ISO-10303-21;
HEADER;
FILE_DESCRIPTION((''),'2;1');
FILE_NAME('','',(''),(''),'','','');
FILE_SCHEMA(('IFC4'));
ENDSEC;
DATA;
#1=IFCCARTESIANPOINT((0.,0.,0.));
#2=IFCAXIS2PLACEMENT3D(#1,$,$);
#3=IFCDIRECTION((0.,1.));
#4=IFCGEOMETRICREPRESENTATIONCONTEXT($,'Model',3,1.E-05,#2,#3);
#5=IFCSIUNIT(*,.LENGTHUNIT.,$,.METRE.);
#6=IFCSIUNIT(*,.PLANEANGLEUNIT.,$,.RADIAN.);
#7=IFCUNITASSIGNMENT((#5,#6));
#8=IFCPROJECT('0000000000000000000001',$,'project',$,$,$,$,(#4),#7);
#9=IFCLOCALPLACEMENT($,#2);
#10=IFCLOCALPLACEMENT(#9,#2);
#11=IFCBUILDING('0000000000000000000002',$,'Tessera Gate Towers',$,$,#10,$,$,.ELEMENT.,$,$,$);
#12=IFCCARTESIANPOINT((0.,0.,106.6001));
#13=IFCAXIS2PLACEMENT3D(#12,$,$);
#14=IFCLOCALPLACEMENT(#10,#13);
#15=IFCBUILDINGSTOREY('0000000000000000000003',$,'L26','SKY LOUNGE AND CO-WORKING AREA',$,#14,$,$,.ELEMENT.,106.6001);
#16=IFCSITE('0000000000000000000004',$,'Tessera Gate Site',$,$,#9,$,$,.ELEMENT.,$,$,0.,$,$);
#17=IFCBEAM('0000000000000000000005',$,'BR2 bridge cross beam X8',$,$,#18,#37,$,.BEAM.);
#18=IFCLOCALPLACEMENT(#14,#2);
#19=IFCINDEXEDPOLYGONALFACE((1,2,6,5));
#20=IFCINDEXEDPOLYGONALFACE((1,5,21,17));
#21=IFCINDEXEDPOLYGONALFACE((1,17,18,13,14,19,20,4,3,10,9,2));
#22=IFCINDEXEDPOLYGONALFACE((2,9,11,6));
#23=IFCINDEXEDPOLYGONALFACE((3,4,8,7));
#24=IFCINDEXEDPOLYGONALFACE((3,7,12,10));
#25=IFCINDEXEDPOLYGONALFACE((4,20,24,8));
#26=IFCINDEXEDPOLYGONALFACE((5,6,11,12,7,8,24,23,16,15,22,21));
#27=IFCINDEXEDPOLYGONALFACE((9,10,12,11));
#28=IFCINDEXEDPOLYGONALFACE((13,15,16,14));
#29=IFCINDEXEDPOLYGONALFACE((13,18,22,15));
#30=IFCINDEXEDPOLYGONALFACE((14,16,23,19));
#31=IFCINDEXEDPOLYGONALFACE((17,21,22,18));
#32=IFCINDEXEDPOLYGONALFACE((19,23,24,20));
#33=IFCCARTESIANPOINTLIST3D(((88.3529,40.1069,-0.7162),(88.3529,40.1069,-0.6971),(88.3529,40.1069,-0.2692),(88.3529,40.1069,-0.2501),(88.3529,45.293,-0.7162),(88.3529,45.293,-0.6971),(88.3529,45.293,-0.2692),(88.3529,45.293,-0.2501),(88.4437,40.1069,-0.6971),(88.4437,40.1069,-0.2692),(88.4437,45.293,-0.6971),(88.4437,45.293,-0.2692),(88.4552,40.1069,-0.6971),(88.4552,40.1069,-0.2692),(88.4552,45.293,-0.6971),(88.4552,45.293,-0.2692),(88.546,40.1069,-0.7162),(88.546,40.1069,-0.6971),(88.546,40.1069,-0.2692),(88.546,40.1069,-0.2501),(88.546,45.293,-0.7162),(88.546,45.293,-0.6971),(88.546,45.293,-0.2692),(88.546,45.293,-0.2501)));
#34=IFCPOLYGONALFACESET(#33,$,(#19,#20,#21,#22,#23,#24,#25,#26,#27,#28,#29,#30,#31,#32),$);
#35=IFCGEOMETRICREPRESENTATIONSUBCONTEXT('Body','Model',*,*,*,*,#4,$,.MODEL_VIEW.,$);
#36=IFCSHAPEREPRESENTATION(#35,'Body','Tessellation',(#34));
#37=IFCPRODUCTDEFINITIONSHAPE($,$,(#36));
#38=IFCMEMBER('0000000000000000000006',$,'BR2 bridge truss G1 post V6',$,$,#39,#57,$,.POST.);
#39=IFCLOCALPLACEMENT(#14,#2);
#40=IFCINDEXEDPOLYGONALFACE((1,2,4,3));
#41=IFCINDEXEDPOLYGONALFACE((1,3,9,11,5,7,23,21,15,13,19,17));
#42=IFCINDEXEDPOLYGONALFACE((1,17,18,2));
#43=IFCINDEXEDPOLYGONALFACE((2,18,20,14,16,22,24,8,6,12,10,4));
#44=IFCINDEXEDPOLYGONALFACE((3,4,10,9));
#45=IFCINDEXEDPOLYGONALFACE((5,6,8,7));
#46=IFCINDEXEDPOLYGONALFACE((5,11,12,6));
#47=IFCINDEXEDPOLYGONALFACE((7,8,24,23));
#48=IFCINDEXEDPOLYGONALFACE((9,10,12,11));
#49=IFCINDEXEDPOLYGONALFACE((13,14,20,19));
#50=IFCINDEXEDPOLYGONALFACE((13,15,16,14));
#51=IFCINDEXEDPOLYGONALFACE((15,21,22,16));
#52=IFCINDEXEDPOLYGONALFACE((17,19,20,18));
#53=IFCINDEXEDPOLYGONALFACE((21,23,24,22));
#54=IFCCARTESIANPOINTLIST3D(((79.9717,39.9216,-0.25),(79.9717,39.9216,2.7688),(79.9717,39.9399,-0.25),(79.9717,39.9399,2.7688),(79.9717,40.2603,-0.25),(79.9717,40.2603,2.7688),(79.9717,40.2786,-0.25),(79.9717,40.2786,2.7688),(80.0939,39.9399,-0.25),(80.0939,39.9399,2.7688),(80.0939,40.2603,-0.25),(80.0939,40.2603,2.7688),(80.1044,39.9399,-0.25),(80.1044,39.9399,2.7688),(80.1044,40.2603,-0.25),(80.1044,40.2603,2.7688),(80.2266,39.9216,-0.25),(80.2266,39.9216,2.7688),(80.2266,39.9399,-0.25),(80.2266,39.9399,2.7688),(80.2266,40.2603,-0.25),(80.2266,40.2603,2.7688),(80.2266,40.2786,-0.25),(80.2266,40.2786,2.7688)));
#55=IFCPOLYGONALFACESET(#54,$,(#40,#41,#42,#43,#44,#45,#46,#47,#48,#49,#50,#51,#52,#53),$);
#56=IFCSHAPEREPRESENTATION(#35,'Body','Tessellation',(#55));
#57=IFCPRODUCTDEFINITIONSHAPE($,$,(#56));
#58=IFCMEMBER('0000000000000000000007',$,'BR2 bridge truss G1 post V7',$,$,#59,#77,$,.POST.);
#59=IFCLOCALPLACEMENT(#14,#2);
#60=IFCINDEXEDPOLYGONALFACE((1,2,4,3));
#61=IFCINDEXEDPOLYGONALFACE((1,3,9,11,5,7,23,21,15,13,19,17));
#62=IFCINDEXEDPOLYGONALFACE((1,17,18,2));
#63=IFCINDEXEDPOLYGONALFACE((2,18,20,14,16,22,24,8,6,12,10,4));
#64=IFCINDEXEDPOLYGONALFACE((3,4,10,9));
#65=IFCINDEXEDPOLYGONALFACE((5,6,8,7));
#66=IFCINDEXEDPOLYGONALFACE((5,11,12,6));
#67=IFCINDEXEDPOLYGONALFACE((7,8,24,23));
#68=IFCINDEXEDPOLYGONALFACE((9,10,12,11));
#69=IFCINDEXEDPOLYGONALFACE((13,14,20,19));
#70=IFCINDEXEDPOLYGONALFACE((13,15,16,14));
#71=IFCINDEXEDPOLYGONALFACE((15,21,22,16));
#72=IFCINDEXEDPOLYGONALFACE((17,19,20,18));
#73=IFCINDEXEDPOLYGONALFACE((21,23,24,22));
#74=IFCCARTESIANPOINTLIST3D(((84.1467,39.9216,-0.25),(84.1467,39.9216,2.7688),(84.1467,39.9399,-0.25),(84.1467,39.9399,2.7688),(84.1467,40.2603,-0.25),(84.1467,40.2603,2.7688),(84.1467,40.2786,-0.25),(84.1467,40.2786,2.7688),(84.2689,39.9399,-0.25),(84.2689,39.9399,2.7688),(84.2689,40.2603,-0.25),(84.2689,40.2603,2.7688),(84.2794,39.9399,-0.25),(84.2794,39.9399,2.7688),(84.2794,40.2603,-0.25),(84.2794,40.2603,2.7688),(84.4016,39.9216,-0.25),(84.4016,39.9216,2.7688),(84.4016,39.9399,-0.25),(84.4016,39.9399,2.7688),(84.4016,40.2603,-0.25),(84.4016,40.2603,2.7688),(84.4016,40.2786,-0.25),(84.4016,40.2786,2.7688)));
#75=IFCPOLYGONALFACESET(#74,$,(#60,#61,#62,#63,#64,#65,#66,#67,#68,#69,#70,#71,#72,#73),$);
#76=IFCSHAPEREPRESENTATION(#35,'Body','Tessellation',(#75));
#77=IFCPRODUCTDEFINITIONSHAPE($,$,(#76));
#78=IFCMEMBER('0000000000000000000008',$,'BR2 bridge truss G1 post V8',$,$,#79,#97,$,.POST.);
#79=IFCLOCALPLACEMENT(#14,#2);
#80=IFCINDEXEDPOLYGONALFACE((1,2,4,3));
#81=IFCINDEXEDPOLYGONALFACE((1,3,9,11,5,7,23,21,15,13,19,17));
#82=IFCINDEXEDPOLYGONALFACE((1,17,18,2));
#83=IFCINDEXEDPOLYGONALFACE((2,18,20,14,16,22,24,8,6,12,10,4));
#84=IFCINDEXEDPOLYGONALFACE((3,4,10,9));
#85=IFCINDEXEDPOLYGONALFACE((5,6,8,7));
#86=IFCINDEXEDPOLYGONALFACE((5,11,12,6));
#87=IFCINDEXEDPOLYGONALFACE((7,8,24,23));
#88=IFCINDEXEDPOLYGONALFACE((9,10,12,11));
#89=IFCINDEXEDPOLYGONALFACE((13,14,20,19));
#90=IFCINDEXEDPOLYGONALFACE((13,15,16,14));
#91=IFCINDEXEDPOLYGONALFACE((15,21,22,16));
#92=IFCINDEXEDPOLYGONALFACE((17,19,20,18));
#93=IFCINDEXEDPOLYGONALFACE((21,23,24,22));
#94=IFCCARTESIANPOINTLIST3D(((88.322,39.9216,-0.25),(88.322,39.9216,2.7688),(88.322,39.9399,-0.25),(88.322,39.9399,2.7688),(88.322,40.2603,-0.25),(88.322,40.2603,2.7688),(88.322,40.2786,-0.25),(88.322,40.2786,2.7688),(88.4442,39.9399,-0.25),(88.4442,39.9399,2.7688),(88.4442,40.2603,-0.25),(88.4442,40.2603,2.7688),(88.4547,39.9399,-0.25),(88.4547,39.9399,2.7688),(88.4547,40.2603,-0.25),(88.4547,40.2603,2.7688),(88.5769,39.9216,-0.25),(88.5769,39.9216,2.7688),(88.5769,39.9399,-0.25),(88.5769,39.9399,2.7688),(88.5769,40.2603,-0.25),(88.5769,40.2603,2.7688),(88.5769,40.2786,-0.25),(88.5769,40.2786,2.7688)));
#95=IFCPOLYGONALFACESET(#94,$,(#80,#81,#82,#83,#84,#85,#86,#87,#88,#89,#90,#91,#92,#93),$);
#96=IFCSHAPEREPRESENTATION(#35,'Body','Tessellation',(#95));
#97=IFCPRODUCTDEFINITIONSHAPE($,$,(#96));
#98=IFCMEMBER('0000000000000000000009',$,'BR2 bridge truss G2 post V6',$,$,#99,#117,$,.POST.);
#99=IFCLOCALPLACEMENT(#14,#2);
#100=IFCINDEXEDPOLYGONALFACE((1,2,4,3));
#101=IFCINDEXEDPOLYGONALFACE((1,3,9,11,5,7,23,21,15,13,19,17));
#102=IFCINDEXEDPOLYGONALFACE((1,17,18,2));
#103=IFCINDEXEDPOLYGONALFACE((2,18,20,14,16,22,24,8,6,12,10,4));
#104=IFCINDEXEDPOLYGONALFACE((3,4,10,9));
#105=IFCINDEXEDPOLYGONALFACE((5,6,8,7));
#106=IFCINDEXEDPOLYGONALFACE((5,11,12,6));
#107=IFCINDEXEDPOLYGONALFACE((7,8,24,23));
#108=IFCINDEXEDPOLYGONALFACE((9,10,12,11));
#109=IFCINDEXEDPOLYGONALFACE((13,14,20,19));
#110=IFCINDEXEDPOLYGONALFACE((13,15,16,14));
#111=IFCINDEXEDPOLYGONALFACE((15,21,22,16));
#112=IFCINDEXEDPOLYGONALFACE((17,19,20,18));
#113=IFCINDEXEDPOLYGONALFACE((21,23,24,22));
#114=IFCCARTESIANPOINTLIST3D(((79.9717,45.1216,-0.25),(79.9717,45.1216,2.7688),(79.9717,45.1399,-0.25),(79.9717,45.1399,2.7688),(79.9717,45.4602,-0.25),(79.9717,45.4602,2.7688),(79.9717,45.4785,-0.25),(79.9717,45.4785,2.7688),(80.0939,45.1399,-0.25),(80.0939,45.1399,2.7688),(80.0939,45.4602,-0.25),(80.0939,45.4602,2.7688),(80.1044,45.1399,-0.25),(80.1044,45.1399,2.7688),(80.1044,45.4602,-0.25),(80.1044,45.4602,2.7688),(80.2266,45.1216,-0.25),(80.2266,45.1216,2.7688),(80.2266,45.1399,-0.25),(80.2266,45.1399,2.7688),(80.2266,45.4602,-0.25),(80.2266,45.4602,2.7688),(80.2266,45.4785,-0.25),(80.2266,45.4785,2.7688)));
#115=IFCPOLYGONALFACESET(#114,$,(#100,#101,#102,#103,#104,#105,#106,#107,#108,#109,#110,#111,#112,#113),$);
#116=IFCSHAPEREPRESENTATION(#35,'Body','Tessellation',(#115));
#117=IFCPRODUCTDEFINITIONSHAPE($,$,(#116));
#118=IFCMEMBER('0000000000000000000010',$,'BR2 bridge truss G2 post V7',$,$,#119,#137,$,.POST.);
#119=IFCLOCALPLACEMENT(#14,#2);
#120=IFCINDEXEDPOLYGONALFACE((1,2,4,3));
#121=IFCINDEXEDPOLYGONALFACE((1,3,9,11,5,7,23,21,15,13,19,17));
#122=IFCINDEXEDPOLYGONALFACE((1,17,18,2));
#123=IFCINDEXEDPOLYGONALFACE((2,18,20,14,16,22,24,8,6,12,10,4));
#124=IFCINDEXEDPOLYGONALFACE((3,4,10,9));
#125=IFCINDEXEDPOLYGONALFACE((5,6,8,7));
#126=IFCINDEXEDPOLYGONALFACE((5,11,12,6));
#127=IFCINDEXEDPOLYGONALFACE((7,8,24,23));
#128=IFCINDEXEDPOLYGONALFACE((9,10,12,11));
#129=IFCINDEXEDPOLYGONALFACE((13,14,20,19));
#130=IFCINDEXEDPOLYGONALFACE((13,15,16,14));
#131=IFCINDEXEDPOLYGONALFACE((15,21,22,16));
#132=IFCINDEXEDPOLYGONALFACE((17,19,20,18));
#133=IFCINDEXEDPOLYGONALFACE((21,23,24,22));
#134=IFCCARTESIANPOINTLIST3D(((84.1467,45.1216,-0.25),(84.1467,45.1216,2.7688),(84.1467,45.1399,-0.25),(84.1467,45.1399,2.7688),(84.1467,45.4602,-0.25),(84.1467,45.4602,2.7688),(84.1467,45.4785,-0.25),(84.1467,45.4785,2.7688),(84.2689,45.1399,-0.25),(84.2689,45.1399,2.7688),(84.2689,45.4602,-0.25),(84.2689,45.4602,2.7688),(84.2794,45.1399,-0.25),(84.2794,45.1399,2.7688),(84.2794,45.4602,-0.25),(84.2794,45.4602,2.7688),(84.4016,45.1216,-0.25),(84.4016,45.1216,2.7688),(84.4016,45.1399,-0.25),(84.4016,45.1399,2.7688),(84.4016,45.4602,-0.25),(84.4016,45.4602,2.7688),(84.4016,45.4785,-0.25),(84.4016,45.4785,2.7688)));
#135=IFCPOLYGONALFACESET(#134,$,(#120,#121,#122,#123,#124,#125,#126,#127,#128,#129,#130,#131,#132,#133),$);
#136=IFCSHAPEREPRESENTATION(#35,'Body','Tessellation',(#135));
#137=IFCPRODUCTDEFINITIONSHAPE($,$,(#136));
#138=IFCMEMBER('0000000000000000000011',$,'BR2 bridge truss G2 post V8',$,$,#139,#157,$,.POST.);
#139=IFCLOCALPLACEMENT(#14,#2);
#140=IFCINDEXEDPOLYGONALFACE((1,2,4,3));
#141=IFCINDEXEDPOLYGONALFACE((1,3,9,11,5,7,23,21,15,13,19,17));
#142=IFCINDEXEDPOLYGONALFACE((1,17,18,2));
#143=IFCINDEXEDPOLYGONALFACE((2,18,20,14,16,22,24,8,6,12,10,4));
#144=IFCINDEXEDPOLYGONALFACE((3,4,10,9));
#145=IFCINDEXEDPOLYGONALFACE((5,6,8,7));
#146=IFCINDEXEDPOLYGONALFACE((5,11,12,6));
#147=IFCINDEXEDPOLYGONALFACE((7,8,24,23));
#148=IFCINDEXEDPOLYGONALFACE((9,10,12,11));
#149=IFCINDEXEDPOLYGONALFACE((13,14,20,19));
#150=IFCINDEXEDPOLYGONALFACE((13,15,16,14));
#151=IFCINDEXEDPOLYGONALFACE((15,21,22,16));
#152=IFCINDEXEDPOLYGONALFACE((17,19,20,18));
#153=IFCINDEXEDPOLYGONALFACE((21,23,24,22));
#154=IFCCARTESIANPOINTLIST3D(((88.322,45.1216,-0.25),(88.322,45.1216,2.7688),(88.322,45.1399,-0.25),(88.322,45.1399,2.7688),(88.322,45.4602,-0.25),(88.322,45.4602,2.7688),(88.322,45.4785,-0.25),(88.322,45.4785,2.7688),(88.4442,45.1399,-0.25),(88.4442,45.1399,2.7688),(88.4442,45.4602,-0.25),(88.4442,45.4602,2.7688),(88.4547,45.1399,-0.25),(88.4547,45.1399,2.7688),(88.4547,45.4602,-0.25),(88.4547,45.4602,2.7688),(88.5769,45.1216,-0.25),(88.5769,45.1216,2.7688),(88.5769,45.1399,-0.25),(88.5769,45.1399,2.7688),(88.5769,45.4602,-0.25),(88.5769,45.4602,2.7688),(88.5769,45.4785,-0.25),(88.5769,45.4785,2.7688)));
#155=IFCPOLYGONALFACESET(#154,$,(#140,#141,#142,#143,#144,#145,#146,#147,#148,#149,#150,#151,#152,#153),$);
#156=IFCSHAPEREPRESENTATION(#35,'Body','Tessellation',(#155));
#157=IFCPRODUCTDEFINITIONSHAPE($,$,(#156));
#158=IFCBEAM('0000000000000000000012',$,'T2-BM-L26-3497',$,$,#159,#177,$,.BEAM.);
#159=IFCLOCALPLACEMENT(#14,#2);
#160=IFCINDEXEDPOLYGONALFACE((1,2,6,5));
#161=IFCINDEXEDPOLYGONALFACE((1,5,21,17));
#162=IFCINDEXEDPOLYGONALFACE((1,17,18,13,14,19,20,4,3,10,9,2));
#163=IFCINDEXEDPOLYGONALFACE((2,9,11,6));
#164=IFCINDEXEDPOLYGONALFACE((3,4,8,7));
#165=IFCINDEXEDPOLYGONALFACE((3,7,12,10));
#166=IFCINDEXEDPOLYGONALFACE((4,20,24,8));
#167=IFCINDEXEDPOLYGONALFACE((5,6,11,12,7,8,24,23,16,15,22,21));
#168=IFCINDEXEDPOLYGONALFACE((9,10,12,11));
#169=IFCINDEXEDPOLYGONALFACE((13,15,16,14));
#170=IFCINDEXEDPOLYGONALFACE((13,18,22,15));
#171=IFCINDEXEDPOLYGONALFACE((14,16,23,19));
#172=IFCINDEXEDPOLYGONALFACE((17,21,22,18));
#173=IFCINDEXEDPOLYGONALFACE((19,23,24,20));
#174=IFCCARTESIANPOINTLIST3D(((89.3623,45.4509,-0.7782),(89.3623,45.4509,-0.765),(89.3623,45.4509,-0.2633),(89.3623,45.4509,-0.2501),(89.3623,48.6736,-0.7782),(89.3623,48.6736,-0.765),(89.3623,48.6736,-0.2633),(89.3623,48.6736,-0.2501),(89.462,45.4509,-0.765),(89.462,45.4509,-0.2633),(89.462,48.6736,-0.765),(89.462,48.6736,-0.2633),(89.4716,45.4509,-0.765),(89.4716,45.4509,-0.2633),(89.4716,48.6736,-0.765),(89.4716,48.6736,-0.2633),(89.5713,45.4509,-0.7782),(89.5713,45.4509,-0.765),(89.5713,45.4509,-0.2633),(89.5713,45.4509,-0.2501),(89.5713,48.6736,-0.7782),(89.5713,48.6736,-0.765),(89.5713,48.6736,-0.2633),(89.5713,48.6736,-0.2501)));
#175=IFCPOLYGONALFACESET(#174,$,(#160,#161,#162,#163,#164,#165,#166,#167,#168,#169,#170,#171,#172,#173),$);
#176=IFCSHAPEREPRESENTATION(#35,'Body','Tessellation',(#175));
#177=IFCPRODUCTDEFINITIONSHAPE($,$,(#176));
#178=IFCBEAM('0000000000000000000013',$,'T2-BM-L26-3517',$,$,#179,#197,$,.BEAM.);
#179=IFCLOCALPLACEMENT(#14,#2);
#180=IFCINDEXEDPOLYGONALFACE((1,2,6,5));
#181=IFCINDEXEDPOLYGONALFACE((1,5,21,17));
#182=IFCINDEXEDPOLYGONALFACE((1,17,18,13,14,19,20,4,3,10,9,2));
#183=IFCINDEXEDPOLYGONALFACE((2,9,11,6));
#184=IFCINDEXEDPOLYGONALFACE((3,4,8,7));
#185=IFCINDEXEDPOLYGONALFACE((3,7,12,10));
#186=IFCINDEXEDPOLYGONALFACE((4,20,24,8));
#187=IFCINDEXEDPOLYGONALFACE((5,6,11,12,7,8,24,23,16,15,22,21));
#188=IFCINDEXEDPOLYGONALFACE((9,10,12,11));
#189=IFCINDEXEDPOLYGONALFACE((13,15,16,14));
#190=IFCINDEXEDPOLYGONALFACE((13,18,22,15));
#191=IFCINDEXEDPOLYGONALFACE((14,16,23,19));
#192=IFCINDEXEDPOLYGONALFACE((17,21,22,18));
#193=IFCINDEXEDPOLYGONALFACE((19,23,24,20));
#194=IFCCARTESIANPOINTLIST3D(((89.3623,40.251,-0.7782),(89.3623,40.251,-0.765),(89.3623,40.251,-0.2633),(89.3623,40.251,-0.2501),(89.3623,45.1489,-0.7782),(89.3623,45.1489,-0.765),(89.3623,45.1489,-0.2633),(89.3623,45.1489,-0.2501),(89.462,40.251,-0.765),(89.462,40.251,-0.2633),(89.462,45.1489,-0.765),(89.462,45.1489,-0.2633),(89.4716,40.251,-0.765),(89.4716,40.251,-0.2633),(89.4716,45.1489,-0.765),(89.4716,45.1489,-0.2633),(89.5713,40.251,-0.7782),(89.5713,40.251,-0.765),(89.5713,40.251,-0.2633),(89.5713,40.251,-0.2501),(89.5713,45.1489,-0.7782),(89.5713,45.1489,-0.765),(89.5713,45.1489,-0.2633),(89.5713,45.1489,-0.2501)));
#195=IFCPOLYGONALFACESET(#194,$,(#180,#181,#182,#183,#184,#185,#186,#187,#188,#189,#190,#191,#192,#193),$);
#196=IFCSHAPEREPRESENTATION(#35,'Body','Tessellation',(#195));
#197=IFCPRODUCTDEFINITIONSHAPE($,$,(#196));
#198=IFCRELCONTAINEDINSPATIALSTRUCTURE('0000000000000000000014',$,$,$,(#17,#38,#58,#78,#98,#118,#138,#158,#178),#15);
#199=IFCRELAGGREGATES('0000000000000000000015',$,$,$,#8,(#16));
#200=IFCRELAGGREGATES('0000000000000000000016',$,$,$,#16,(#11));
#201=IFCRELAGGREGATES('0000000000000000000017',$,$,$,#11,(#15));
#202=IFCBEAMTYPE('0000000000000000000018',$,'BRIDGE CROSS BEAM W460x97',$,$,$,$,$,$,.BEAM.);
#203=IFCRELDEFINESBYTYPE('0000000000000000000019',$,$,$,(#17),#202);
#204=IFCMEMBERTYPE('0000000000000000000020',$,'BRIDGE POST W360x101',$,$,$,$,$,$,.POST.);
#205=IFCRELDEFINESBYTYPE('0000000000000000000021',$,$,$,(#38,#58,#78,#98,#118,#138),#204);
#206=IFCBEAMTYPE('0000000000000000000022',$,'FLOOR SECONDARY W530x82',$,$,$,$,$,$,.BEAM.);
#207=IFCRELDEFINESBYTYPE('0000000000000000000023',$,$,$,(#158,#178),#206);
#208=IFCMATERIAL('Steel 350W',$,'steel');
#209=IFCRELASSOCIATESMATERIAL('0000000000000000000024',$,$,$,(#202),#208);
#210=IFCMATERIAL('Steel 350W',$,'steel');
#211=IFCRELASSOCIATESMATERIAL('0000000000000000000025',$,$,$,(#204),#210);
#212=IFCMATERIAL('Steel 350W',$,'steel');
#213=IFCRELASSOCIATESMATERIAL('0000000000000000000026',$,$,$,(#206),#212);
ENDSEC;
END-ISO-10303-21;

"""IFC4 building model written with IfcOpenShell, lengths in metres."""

from ifc_helpers import new_model, si_unit, direction, frame, origin, origin_2d, place, context, subcontext, project, spatial, i_section, extrude, material, material_profile, profile_set, type_object, element, save


model = new_model("IFC4")

# Units and contexts
model_context = context("Model", 3, precision=1e-05, world=origin(), true_north=direction((0.0, 1.0)))
body_context = subcontext(model_context, "Body", "Model", "MODEL_VIEW")
ifc_project = project(units=[si_unit("LENGTHUNIT", "METRE"), si_unit("PLANEANGLEUNIT", "RADIAN")], contexts=[model_context])

# Site, building, storey
site_placement = place(None, origin())
site = spatial("IfcSite", under=ifc_project, at=site_placement, Name="Tessera Gate Site", CompositionType="ELEMENT", RefElevation=0.0)
building_placement = place(site_placement, origin())
building = spatial("IfcBuilding", under=site, at=building_placement, Name="Tessera Gate Towers", CompositionType="ELEMENT")
storey_placement = place(building_placement, frame((0.0, 0.0, 106.6001)))
storey = spatial("IfcBuildingStorey", under=building, at=storey_placement, Name="L26", Description="SKY LOUNGE AND CO-WORKING AREA", CompositionType="ELEMENT", Elevation=106.6001)

# Beam
ifc_material_1 = material(Name="Steel 350W", Category="steel")
ifc_material_profile_1 = material_profile(ifc_material_1, i_section(OverallWidth=0.1931, OverallDepth=0.4661, WebThickness=0.0115, FlangeThickness=0.019, at=origin_2d()), Name="W460x97")
ifc_profile_set_1 = profile_set([ifc_material_profile_1], Name="Steel 350W")
beam_type_1 = type_object("IfcBeamType", Name="BRIDGE CROSS BEAM W460x97", PredefinedType="BEAM", material=ifc_profile_set_1)
for number, where, z_axis, x_axis, name in (
    (1, (88.4495, 40.1069, -0.4832), (0.0, 1.0, 0.0), (-1.0, 0.0, 0.0), "BR2 bridge cross beam X8"),
):
    element("IfcBeam", number, at=place(storey_placement, frame(where, z_axis=z_axis, x_axis=x_axis)), inside=storey, type_object=beam_type_1, Name=name, PredefinedType="BEAM", context=body_context, shape_type="SweptSolid", body=[
        extrude(i_section(OverallWidth=0.1931, OverallDepth=0.4661, WebThickness=0.0115, FlangeThickness=0.019, at=origin_2d()), origin(), (0.0, 0.0, 1.0), 5.186),
    ])

# Members
ifc_material_2 = material(Name="Steel 350W", Category="steel")
ifc_material_profile_2 = material_profile(ifc_material_2, i_section(OverallWidth=0.2549, OverallDepth=0.3569, WebThickness=0.0105, FlangeThickness=0.0183, at=origin_2d()), Name="W360x101")
ifc_profile_set_2 = profile_set([ifc_material_profile_2], Name="Steel 350W")
member_type_1 = type_object("IfcMemberType", Name="BRIDGE POST W360x101", PredefinedType="POST", material=ifc_profile_set_2)
for number, where, z_axis, x_axis, name in (
    (2, (80.0991, 40.1001, -0.25), (0.0, 0.0, 1.0), (1.0, 0.0, 0.0), "BR2 bridge truss G1 post V6"),
    (3, (84.2742, 40.1001, -0.25), (0.0, 0.0, 1.0), (1.0, 0.0, 0.0), "BR2 bridge truss G1 post V7"),
    (4, (88.4495, 40.1001, -0.25), (0.0, 0.0, 1.0), (1.0, 0.0, 0.0), "BR2 bridge truss G1 post V8"),
    (5, (80.0991, 45.3, -0.25), (0.0, 0.0, 1.0), (1.0, 0.0, 0.0), "BR2 bridge truss G2 post V6"),
    (6, (84.2742, 45.3, -0.25), (0.0, 0.0, 1.0), (1.0, 0.0, 0.0), "BR2 bridge truss G2 post V7"),
    (7, (88.4495, 45.3, -0.25), (0.0, 0.0, 1.0), (1.0, 0.0, 0.0), "BR2 bridge truss G2 post V8"),
):
    element("IfcMember", number, at=place(storey_placement, frame(where, z_axis=z_axis, x_axis=x_axis)), inside=storey, type_object=member_type_1, Name=name, PredefinedType="POST", context=body_context, shape_type="SweptSolid", body=[
        extrude(i_section(OverallWidth=0.2549, OverallDepth=0.3569, WebThickness=0.0105, FlangeThickness=0.0183, at=origin_2d()), origin(), (0.0, 0.0, 1.0), 3.0188),
    ])

# Beams
ifc_material_3 = material(Name="Steel 350W", Category="steel")
ifc_material_profile_3 = material_profile(ifc_material_3, i_section(OverallWidth=0.209, OverallDepth=0.5281, WebThickness=0.0095, FlangeThickness=0.0132, at=origin_2d()), Name="W530x82")
ifc_profile_set_3 = profile_set([ifc_material_profile_3], Name="Steel 350W")
beam_type_2 = type_object("IfcBeamType", Name="FLOOR SECONDARY W530x82", PredefinedType="BEAM", material=ifc_profile_set_3)
beam_1_placement = place(storey_placement, frame((89.4668, 45.4509, -0.5142), z_axis=(0.0, 1.0, 0.0), x_axis=(-1.0, 0.0, 0.0)))
element("IfcBeam", 8, at=beam_1_placement, inside=storey, type_object=beam_type_2, Name="T2-BM-L26-3497", PredefinedType="BEAM", context=body_context, shape_type="SweptSolid", body=[
    extrude(i_section(OverallWidth=0.209, OverallDepth=0.5281, WebThickness=0.0095, FlangeThickness=0.0132, at=origin_2d()), origin(), (0.0, 0.0, 1.0), 3.2227),
])
beam_2_placement = place(storey_placement, frame((89.4668, 40.251, -0.5142), z_axis=(0.0, 1.0, 0.0), x_axis=(-1.0, 0.0, 0.0)))
element("IfcBeam", 9, at=beam_2_placement, inside=storey, type_object=beam_type_2, Name="T2-BM-L26-3517", PredefinedType="BEAM", context=body_context, shape_type="SweptSolid", body=[
    extrude(i_section(OverallWidth=0.209, OverallDepth=0.5281, WebThickness=0.0095, FlangeThickness=0.0132, at=origin_2d()), origin(), (0.0, 0.0, 1.0), 4.8979),
])

save(model, "model.ifc")
